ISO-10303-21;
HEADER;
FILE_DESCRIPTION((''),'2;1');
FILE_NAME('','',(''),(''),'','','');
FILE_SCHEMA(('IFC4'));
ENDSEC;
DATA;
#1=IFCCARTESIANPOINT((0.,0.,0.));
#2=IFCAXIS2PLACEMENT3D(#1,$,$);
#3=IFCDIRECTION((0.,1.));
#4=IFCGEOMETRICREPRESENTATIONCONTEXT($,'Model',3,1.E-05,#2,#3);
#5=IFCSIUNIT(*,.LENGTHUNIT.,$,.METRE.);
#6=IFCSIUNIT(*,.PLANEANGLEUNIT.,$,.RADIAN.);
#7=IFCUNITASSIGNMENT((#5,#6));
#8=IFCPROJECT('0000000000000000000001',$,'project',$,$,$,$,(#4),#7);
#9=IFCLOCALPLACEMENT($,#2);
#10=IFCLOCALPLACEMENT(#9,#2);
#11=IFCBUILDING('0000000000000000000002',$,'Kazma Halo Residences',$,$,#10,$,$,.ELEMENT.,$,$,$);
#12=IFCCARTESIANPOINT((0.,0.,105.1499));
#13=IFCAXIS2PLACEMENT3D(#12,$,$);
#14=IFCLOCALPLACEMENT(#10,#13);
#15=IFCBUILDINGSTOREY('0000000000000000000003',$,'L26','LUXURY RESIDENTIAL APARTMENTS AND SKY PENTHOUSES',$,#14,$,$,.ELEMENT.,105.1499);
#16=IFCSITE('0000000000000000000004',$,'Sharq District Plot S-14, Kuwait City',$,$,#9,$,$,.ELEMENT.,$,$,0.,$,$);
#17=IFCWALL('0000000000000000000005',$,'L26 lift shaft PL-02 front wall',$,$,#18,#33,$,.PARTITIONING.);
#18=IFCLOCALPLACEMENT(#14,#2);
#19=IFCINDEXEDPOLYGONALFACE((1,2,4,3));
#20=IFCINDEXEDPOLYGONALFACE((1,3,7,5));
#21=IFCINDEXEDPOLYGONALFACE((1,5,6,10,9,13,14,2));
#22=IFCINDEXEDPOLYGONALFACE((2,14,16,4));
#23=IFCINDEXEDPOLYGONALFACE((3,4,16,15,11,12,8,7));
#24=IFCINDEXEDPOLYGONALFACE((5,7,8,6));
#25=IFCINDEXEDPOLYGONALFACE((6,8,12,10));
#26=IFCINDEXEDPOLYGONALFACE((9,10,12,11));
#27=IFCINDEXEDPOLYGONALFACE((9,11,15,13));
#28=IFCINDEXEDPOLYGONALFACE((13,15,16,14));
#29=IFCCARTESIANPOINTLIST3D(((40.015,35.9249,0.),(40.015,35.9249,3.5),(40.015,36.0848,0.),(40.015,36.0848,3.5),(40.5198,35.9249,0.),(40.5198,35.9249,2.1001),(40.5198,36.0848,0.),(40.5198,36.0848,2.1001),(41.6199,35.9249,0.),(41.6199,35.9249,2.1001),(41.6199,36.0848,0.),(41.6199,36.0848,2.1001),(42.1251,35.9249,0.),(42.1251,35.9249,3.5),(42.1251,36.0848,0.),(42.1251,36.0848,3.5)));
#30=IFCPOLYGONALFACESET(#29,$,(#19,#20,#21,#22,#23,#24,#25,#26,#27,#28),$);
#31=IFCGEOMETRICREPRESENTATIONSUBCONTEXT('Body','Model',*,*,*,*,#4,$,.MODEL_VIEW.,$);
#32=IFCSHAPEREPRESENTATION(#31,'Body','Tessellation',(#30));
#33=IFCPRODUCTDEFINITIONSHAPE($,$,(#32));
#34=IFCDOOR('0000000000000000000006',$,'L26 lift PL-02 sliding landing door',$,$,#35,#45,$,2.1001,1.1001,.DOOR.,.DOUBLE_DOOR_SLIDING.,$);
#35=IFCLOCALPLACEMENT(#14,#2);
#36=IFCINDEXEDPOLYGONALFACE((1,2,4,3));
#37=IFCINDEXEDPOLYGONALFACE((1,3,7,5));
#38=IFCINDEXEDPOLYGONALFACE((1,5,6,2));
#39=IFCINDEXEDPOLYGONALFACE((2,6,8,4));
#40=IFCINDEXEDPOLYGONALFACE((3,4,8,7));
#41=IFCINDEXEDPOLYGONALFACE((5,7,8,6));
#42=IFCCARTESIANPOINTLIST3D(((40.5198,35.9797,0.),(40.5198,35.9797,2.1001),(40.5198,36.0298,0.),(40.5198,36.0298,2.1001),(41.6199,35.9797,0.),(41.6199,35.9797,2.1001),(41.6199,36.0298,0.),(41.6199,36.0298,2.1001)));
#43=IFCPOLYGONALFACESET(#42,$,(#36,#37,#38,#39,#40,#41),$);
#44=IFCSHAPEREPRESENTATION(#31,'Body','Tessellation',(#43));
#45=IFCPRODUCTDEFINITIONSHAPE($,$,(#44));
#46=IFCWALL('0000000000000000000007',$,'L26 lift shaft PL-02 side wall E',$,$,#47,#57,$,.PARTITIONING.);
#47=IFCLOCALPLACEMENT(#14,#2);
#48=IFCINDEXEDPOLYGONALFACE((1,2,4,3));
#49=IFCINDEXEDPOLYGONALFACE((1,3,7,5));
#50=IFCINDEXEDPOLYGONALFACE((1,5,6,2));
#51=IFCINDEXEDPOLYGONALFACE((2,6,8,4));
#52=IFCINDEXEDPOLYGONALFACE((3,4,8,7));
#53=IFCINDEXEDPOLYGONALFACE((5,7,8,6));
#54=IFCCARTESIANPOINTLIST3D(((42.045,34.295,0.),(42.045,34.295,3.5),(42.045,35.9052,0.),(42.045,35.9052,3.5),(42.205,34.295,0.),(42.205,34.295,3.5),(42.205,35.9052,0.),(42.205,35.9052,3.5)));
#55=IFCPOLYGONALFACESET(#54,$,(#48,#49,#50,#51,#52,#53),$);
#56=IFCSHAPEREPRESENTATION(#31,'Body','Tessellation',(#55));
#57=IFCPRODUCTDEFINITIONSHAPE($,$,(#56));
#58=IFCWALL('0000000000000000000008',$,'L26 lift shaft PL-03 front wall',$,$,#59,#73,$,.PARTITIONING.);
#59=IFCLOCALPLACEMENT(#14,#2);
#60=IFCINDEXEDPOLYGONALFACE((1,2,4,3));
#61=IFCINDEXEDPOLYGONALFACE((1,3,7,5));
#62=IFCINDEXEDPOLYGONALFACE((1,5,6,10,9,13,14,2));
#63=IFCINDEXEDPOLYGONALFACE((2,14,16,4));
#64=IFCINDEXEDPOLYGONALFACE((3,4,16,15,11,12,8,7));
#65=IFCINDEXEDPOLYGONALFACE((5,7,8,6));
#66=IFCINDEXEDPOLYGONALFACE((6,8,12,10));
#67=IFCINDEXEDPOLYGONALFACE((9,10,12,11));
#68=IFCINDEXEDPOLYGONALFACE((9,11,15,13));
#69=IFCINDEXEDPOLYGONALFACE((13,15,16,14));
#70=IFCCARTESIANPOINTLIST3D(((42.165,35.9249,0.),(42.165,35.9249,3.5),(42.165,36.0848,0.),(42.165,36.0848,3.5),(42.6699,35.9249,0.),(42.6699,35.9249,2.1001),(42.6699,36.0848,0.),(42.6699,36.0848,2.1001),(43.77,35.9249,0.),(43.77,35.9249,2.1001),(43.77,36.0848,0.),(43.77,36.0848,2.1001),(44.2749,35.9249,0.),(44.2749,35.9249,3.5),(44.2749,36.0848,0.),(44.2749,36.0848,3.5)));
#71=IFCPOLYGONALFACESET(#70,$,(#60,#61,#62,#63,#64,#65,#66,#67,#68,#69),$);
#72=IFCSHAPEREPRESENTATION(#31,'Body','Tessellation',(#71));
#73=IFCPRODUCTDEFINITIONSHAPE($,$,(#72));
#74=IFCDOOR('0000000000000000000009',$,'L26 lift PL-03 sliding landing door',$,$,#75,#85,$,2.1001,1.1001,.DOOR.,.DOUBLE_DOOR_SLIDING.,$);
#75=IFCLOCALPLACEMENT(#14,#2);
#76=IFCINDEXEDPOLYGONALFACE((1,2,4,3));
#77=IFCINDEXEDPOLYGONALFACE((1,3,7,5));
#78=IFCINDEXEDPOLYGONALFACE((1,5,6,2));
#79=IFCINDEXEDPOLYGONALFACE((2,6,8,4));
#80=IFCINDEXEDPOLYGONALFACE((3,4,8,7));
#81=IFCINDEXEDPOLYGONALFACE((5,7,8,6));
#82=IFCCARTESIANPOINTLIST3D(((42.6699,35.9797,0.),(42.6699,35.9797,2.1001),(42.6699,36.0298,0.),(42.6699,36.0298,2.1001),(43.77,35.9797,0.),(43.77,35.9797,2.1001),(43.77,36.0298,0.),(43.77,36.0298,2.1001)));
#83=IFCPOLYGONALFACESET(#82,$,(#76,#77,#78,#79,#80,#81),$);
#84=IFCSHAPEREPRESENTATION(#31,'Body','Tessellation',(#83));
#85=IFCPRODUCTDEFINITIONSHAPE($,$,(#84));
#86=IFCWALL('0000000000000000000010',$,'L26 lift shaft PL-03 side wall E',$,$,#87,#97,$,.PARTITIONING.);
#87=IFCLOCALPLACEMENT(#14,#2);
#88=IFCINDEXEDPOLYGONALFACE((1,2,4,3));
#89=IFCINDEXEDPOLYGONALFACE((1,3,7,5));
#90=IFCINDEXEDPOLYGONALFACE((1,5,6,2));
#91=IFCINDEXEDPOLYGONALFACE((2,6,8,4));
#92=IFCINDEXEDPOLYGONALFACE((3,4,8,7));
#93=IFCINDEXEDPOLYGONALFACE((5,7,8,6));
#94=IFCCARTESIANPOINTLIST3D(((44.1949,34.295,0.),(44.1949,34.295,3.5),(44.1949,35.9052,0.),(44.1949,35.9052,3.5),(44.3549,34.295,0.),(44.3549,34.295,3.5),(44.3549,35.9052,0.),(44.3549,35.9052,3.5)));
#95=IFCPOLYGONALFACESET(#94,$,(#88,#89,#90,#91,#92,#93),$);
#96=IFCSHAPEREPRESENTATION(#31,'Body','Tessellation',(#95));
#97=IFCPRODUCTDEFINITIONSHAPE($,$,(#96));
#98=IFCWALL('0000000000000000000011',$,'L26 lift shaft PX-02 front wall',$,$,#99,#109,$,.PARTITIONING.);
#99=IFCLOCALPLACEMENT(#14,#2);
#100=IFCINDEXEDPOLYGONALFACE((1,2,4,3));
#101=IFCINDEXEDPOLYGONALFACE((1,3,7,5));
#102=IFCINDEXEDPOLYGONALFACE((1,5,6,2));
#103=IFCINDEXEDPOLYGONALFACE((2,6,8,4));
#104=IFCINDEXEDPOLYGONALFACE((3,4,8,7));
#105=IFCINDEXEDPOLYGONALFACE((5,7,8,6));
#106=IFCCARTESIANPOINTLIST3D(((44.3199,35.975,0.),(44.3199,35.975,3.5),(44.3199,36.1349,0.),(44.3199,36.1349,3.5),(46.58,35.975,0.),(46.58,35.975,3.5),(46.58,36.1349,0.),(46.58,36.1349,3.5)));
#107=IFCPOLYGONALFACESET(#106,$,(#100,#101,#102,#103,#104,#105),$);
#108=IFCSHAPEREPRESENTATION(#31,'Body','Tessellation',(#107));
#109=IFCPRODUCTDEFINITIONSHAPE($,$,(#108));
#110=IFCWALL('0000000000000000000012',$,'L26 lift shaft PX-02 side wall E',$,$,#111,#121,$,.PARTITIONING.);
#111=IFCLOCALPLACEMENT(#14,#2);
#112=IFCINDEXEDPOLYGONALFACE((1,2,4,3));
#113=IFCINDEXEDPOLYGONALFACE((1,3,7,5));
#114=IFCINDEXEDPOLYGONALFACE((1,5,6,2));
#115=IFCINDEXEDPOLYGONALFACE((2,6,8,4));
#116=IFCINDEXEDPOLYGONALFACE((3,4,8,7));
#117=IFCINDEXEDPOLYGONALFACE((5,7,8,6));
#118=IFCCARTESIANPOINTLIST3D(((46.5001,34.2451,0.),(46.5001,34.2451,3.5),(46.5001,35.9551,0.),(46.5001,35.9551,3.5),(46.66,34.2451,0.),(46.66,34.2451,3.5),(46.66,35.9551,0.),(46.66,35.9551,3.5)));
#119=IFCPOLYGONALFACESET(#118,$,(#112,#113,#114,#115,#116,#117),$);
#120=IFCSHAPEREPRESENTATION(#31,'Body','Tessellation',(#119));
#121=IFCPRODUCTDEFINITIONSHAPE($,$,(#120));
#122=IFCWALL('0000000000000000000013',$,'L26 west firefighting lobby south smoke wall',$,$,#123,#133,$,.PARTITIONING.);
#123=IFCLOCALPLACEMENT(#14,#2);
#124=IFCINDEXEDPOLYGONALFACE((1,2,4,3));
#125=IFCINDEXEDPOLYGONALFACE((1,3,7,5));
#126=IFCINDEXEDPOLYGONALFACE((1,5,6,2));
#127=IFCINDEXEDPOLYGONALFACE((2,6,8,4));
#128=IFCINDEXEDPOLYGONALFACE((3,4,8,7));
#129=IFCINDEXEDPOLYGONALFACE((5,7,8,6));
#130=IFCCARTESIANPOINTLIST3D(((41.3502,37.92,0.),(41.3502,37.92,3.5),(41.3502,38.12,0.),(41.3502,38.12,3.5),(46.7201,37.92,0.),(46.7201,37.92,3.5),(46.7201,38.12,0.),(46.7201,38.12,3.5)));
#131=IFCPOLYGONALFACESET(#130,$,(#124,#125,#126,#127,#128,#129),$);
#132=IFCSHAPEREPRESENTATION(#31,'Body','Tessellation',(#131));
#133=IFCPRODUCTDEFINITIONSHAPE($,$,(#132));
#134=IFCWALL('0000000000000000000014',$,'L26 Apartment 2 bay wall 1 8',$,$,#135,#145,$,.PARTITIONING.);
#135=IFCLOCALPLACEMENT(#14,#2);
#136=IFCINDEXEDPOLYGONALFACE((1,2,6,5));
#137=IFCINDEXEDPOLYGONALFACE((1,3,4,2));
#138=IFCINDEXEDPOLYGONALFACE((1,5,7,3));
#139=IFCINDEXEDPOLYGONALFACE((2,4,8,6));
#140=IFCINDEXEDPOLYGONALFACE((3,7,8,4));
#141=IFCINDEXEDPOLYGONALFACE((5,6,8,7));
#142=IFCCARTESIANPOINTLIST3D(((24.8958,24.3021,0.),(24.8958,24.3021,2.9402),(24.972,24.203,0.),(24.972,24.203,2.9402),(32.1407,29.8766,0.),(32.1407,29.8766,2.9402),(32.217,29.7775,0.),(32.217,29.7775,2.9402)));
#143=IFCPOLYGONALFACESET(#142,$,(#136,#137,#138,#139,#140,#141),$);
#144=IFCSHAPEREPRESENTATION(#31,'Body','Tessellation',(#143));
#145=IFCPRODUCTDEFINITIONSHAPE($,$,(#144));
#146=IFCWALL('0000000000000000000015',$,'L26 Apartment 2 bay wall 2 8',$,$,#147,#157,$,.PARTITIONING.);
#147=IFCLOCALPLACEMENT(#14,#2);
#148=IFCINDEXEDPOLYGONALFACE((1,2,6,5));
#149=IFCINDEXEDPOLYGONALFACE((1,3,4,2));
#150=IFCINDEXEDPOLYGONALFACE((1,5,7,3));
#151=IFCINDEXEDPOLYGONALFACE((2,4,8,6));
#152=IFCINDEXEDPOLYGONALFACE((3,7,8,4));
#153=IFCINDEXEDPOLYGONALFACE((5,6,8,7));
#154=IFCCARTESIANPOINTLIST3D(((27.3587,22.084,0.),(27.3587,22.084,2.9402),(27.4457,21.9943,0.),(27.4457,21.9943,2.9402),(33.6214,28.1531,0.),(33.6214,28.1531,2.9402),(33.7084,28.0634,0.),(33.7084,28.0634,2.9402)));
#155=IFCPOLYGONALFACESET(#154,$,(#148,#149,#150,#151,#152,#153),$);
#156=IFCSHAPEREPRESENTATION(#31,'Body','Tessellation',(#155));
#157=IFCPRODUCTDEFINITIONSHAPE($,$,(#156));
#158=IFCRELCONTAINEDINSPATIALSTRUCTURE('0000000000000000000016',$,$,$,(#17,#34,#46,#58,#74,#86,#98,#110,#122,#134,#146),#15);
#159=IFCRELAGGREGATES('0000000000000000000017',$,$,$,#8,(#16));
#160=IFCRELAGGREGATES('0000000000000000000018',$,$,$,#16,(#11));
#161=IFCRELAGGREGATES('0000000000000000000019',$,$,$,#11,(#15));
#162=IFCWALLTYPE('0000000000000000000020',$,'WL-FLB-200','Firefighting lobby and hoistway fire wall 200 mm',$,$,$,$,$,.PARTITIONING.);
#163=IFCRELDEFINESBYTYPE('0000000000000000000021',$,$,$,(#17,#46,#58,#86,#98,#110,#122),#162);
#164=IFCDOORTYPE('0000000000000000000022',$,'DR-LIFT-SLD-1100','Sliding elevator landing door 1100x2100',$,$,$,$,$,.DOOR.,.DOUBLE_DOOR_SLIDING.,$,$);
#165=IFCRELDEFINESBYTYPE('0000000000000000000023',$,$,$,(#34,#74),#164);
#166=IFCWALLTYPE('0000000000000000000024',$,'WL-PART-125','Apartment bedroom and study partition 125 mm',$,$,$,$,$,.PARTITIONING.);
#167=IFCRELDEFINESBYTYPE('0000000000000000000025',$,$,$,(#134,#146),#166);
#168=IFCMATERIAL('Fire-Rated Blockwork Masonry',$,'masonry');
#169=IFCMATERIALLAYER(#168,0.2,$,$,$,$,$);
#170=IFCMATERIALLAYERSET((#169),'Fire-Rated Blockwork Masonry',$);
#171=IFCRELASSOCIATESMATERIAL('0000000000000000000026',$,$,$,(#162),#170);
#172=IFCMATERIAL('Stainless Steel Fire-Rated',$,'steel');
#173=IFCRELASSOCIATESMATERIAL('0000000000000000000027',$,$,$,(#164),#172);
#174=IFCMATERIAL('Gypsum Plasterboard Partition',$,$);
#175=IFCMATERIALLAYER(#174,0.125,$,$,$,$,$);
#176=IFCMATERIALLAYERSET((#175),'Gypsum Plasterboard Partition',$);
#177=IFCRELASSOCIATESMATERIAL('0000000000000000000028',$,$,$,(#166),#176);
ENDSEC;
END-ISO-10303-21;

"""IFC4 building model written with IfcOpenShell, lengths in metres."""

from ifc_helpers import new_model, si_unit, direction, frame, frame_2d, origin, place, context, subcontext, project, spatial, rectangle, extrude, material, layer, layer_set, type_object, element, fill, save


model = new_model("IFC4")

# Units and contexts
model_context = context("Model", 3, precision=1e-05, world=origin(), true_north=direction((0.0, 1.0)))
body_context = subcontext(model_context, "Body", "Model", "MODEL_VIEW")
ifc_project = project(units=[si_unit("LENGTHUNIT", "METRE"), si_unit("PLANEANGLEUNIT", "RADIAN")], contexts=[model_context])

# Site, building, storey
site_placement = place(None, origin())
site = spatial("IfcSite", under=ifc_project, at=site_placement, Name="Sharq District Plot S-14, Kuwait City", CompositionType="ELEMENT", RefElevation=0.0)
building_placement = place(site_placement, origin())
building = spatial("IfcBuilding", under=site, at=building_placement, Name="Kazma Halo Residences", CompositionType="ELEMENT")
storey_placement = place(building_placement, frame((0.0, 0.0, 105.1499)))
storey = spatial("IfcBuildingStorey", under=building, at=storey_placement, Name="L26", Description="LUXURY RESIDENTIAL APARTMENTS AND SKY PENTHOUSES", CompositionType="ELEMENT", Elevation=105.1499)

# Shared definitions
ifc_material_1 = material(Name="Fire-Rated Blockwork Masonry", Category="masonry")
ifc_layer_1 = layer(ifc_material_1, 0.2)
ifc_layer_set_1 = layer_set([ifc_layer_1], Name="Fire-Rated Blockwork Masonry")
wall_type_1 = type_object("IfcWallType", Name="WL-FLB-200", Description="Firefighting lobby and hoistway fire wall 200 mm", PredefinedType="PARTITIONING", material=ifc_layer_set_1)
ifc_material_2 = material(Name="Stainless Steel Fire-Rated", Category="steel")
door_type_1 = type_object("IfcDoorType", Name="DR-LIFT-SLD-1100", Description="Sliding elevator landing door 1100x2100", OperationType="DOUBLE_DOOR_SLIDING", PredefinedType="DOOR", material=ifc_material_2)

# Wall, opening, door
wall_1_placement = place(storey_placement, frame((40.0149, 36.0049, 0.0), z_axis=(0.0, 0.0, 1.0), x_axis=(1.0, 0.0, 0.0)))
wall_1 = element("IfcWall", 1, at=wall_1_placement, inside=storey, type_object=wall_type_1, Name="L26 lift shaft PL-02 front wall", PredefinedType="PARTITIONING", context=body_context, shape_type="SweptSolid", body=[
    extrude(rectangle(XDim=2.1101, YDim=0.1599, at=frame_2d((1.0552, 0.0))), origin(), (0.0, 0.0, 1.0), 3.5),
])
opening_1_placement = place(wall_1_placement, frame((0.5049, 0.0, 0.0)))
opening_1 = element("IfcOpeningElement", 2, at=opening_1_placement, cuts=wall_1, PredefinedType="OPENING", context=body_context, shape_type="SweptSolid", body=[
    extrude(rectangle(XDim=1.1001, YDim=2.1001, at=frame_2d((0.55, 1.05))), frame((0.0, 0.0898, 0.0), z_axis=(0.0, -1.0, 0.0), x_axis=(1.0, 0.0, 0.0)), (0.0, 0.0, 1.0), 0.1799),
])
door_1_placement = place(opening_1_placement, origin())
door_1 = element("IfcDoor", 3, at=door_1_placement, inside=storey, type_object=door_type_1, Name="L26 lift PL-02 sliding landing door", OperationType="DOUBLE_DOOR_SLIDING", OverallHeight=2.1001, OverallWidth=1.1001, PredefinedType="DOOR", context=body_context, shape_type="SweptSolid", body=[
    extrude(rectangle(XDim=1.1001, YDim=2.1001, at=frame_2d((0.55, 1.05))), frame((0.0, 0.0249, 0.0), z_axis=(0.0, -1.0, 0.0), x_axis=(1.0, 0.0, 0.0)), (0.0, 0.0, 1.0), 0.05),
])
fill(opening_1, door_1)

# Wall
wall_2_placement = place(storey_placement, frame((42.125, 34.2949, 0.0), z_axis=(0.0, 0.0, 1.0), x_axis=(0.0, 1.0, 0.0)))
element("IfcWall", 4, at=wall_2_placement, inside=storey, type_object=wall_type_1, Name="L26 lift shaft PL-02 side wall E", PredefinedType="PARTITIONING", context=body_context, shape_type="SweptSolid", body=[
    extrude(rectangle(XDim=1.6101, YDim=0.1599, at=frame_2d((0.8052, 0.0))), origin(), (0.0, 0.0, 1.0), 3.5),
])

# Wall, opening, door
wall_3_placement = place(storey_placement, frame((42.165, 36.0049, 0.0), z_axis=(0.0, 0.0, 1.0), x_axis=(1.0, 0.0, 0.0)))
wall_3 = element("IfcWall", 5, at=wall_3_placement, inside=storey, type_object=wall_type_1, Name="L26 lift shaft PL-03 front wall", PredefinedType="PARTITIONING", context=body_context, shape_type="SweptSolid", body=[
    extrude(rectangle(XDim=2.1099, YDim=0.1599, at=frame_2d((1.0549, 0.0))), origin(), (0.0, 0.0, 1.0), 3.5),
])
opening_2_placement = place(wall_3_placement, frame((0.5049, 0.0, 0.0)))
opening_2 = element("IfcOpeningElement", 6, at=opening_2_placement, cuts=wall_3, PredefinedType="OPENING", context=body_context, shape_type="SweptSolid", body=[
    extrude(rectangle(XDim=1.1001, YDim=2.1001, at=frame_2d((0.55, 1.05))), frame((0.0, 0.0898, 0.0), z_axis=(0.0, -1.0, 0.0), x_axis=(1.0, 0.0, 0.0)), (0.0, 0.0, 1.0), 0.1799),
])
door_2_placement = place(opening_2_placement, origin())
door_2 = element("IfcDoor", 7, at=door_2_placement, inside=storey, type_object=door_type_1, Name="L26 lift PL-03 sliding landing door", OperationType="DOUBLE_DOOR_SLIDING", OverallHeight=2.1001, OverallWidth=1.1001, PredefinedType="DOOR", context=body_context, shape_type="SweptSolid", body=[
    extrude(rectangle(XDim=1.1001, YDim=2.1001, at=frame_2d((0.55, 1.05))), frame((0.0, 0.0249, 0.0), z_axis=(0.0, -1.0, 0.0), x_axis=(1.0, 0.0, 0.0)), (0.0, 0.0, 1.0), 0.05),
])
fill(opening_2, door_2)

# Walls
wall_4_placement = place(storey_placement, frame((44.2749, 34.2949, 0.0), z_axis=(0.0, 0.0, 1.0), x_axis=(0.0, 1.0, 0.0)))
element("IfcWall", 8, at=wall_4_placement, inside=storey, type_object=wall_type_1, Name="L26 lift shaft PL-03 side wall E", PredefinedType="PARTITIONING", context=body_context, shape_type="SweptSolid", body=[
    extrude(rectangle(XDim=1.6101, YDim=0.1599, at=frame_2d((0.8052, 0.0))), origin(), (0.0, 0.0, 1.0), 3.5),
])
wall_5_placement = place(storey_placement, frame((44.3201, 36.0549, 0.0), z_axis=(0.0, 0.0, 1.0), x_axis=(1.0, 0.0, 0.0)))
element("IfcWall", 9, at=wall_5_placement, inside=storey, type_object=wall_type_1, Name="L26 lift shaft PX-02 front wall", PredefinedType="PARTITIONING", context=body_context, shape_type="SweptSolid", body=[
    extrude(rectangle(XDim=2.26, YDim=0.1599, at=frame_2d((1.1299, 0.0))), origin(), (0.0, 0.0, 1.0), 3.5),
])
wall_6_placement = place(storey_placement, frame((46.5801, 34.2451, 0.0), z_axis=(0.0, 0.0, 1.0), x_axis=(0.0, 1.0, 0.0)))
element("IfcWall", 10, at=wall_6_placement, inside=storey, type_object=wall_type_1, Name="L26 lift shaft PX-02 side wall E", PredefinedType="PARTITIONING", context=body_context, shape_type="SweptSolid", body=[
    extrude(rectangle(XDim=1.71, YDim=0.1599, at=frame_2d((0.855, 0.0))), origin(), (0.0, 0.0, 1.0), 3.5),
])
wall_7_placement = place(storey_placement, frame((41.3501, 38.02, 0.0), z_axis=(0.0, 0.0, 1.0), x_axis=(1.0, 0.0, 0.0)))
element("IfcWall", 11, at=wall_7_placement, inside=storey, type_object=wall_type_1, Name="L26 west firefighting lobby south smoke wall", PredefinedType="PARTITIONING", context=body_context, shape_type="SweptSolid", body=[
    extrude(rectangle(XDim=5.3699, YDim=0.2, at=frame_2d((2.6851, 0.0))), origin(), (0.0, 0.0, 1.0), 3.5),
])
ifc_material_3 = material(Name="Gypsum Plasterboard Partition")
ifc_layer_2 = layer(ifc_material_3, 0.125)
ifc_layer_set_2 = layer_set([ifc_layer_2], Name="Gypsum Plasterboard Partition")
wall_type_2 = type_object("IfcWallType", Name="WL-PART-125", Description="Apartment bedroom and study partition 125 mm", PredefinedType="PARTITIONING", material=ifc_layer_set_2)
wall_8_placement = place(storey_placement, frame((32.179, 29.8271, 0.0), z_axis=(0.0, 0.0, 1.0), x_axis=(-0.792546, -0.609813, 0.0)))
element("IfcWall", 12, at=wall_8_placement, inside=storey, type_object=wall_type_2, Name="L26 Apartment 2 bay wall 1 8", PredefinedType="PARTITIONING", context=body_context, shape_type="SweptSolid", body=[
    extrude(rectangle(XDim=9.1414, YDim=0.125, at=frame_2d((4.5708, 0.0))), origin(), (0.0, 0.0, 1.0), 2.9402),
])
wall_9_placement = place(storey_placement, frame((33.6648, 28.1082, 0.0), z_axis=(0.0, 0.0, 1.0), x_axis=(-0.71812, -0.69592, 0.0)))
element("IfcWall", 13, at=wall_9_placement, inside=storey, type_object=wall_type_2, Name="L26 Apartment 2 bay wall 2 8", PredefinedType="PARTITIONING", context=body_context, shape_type="SweptSolid", body=[
    extrude(rectangle(XDim=8.7209, YDim=0.125, at=frame_2d((4.3604, 0.0))), origin(), (0.0, 0.0, 1.0), 2.9402),
])

save(model, "model.ifc")
